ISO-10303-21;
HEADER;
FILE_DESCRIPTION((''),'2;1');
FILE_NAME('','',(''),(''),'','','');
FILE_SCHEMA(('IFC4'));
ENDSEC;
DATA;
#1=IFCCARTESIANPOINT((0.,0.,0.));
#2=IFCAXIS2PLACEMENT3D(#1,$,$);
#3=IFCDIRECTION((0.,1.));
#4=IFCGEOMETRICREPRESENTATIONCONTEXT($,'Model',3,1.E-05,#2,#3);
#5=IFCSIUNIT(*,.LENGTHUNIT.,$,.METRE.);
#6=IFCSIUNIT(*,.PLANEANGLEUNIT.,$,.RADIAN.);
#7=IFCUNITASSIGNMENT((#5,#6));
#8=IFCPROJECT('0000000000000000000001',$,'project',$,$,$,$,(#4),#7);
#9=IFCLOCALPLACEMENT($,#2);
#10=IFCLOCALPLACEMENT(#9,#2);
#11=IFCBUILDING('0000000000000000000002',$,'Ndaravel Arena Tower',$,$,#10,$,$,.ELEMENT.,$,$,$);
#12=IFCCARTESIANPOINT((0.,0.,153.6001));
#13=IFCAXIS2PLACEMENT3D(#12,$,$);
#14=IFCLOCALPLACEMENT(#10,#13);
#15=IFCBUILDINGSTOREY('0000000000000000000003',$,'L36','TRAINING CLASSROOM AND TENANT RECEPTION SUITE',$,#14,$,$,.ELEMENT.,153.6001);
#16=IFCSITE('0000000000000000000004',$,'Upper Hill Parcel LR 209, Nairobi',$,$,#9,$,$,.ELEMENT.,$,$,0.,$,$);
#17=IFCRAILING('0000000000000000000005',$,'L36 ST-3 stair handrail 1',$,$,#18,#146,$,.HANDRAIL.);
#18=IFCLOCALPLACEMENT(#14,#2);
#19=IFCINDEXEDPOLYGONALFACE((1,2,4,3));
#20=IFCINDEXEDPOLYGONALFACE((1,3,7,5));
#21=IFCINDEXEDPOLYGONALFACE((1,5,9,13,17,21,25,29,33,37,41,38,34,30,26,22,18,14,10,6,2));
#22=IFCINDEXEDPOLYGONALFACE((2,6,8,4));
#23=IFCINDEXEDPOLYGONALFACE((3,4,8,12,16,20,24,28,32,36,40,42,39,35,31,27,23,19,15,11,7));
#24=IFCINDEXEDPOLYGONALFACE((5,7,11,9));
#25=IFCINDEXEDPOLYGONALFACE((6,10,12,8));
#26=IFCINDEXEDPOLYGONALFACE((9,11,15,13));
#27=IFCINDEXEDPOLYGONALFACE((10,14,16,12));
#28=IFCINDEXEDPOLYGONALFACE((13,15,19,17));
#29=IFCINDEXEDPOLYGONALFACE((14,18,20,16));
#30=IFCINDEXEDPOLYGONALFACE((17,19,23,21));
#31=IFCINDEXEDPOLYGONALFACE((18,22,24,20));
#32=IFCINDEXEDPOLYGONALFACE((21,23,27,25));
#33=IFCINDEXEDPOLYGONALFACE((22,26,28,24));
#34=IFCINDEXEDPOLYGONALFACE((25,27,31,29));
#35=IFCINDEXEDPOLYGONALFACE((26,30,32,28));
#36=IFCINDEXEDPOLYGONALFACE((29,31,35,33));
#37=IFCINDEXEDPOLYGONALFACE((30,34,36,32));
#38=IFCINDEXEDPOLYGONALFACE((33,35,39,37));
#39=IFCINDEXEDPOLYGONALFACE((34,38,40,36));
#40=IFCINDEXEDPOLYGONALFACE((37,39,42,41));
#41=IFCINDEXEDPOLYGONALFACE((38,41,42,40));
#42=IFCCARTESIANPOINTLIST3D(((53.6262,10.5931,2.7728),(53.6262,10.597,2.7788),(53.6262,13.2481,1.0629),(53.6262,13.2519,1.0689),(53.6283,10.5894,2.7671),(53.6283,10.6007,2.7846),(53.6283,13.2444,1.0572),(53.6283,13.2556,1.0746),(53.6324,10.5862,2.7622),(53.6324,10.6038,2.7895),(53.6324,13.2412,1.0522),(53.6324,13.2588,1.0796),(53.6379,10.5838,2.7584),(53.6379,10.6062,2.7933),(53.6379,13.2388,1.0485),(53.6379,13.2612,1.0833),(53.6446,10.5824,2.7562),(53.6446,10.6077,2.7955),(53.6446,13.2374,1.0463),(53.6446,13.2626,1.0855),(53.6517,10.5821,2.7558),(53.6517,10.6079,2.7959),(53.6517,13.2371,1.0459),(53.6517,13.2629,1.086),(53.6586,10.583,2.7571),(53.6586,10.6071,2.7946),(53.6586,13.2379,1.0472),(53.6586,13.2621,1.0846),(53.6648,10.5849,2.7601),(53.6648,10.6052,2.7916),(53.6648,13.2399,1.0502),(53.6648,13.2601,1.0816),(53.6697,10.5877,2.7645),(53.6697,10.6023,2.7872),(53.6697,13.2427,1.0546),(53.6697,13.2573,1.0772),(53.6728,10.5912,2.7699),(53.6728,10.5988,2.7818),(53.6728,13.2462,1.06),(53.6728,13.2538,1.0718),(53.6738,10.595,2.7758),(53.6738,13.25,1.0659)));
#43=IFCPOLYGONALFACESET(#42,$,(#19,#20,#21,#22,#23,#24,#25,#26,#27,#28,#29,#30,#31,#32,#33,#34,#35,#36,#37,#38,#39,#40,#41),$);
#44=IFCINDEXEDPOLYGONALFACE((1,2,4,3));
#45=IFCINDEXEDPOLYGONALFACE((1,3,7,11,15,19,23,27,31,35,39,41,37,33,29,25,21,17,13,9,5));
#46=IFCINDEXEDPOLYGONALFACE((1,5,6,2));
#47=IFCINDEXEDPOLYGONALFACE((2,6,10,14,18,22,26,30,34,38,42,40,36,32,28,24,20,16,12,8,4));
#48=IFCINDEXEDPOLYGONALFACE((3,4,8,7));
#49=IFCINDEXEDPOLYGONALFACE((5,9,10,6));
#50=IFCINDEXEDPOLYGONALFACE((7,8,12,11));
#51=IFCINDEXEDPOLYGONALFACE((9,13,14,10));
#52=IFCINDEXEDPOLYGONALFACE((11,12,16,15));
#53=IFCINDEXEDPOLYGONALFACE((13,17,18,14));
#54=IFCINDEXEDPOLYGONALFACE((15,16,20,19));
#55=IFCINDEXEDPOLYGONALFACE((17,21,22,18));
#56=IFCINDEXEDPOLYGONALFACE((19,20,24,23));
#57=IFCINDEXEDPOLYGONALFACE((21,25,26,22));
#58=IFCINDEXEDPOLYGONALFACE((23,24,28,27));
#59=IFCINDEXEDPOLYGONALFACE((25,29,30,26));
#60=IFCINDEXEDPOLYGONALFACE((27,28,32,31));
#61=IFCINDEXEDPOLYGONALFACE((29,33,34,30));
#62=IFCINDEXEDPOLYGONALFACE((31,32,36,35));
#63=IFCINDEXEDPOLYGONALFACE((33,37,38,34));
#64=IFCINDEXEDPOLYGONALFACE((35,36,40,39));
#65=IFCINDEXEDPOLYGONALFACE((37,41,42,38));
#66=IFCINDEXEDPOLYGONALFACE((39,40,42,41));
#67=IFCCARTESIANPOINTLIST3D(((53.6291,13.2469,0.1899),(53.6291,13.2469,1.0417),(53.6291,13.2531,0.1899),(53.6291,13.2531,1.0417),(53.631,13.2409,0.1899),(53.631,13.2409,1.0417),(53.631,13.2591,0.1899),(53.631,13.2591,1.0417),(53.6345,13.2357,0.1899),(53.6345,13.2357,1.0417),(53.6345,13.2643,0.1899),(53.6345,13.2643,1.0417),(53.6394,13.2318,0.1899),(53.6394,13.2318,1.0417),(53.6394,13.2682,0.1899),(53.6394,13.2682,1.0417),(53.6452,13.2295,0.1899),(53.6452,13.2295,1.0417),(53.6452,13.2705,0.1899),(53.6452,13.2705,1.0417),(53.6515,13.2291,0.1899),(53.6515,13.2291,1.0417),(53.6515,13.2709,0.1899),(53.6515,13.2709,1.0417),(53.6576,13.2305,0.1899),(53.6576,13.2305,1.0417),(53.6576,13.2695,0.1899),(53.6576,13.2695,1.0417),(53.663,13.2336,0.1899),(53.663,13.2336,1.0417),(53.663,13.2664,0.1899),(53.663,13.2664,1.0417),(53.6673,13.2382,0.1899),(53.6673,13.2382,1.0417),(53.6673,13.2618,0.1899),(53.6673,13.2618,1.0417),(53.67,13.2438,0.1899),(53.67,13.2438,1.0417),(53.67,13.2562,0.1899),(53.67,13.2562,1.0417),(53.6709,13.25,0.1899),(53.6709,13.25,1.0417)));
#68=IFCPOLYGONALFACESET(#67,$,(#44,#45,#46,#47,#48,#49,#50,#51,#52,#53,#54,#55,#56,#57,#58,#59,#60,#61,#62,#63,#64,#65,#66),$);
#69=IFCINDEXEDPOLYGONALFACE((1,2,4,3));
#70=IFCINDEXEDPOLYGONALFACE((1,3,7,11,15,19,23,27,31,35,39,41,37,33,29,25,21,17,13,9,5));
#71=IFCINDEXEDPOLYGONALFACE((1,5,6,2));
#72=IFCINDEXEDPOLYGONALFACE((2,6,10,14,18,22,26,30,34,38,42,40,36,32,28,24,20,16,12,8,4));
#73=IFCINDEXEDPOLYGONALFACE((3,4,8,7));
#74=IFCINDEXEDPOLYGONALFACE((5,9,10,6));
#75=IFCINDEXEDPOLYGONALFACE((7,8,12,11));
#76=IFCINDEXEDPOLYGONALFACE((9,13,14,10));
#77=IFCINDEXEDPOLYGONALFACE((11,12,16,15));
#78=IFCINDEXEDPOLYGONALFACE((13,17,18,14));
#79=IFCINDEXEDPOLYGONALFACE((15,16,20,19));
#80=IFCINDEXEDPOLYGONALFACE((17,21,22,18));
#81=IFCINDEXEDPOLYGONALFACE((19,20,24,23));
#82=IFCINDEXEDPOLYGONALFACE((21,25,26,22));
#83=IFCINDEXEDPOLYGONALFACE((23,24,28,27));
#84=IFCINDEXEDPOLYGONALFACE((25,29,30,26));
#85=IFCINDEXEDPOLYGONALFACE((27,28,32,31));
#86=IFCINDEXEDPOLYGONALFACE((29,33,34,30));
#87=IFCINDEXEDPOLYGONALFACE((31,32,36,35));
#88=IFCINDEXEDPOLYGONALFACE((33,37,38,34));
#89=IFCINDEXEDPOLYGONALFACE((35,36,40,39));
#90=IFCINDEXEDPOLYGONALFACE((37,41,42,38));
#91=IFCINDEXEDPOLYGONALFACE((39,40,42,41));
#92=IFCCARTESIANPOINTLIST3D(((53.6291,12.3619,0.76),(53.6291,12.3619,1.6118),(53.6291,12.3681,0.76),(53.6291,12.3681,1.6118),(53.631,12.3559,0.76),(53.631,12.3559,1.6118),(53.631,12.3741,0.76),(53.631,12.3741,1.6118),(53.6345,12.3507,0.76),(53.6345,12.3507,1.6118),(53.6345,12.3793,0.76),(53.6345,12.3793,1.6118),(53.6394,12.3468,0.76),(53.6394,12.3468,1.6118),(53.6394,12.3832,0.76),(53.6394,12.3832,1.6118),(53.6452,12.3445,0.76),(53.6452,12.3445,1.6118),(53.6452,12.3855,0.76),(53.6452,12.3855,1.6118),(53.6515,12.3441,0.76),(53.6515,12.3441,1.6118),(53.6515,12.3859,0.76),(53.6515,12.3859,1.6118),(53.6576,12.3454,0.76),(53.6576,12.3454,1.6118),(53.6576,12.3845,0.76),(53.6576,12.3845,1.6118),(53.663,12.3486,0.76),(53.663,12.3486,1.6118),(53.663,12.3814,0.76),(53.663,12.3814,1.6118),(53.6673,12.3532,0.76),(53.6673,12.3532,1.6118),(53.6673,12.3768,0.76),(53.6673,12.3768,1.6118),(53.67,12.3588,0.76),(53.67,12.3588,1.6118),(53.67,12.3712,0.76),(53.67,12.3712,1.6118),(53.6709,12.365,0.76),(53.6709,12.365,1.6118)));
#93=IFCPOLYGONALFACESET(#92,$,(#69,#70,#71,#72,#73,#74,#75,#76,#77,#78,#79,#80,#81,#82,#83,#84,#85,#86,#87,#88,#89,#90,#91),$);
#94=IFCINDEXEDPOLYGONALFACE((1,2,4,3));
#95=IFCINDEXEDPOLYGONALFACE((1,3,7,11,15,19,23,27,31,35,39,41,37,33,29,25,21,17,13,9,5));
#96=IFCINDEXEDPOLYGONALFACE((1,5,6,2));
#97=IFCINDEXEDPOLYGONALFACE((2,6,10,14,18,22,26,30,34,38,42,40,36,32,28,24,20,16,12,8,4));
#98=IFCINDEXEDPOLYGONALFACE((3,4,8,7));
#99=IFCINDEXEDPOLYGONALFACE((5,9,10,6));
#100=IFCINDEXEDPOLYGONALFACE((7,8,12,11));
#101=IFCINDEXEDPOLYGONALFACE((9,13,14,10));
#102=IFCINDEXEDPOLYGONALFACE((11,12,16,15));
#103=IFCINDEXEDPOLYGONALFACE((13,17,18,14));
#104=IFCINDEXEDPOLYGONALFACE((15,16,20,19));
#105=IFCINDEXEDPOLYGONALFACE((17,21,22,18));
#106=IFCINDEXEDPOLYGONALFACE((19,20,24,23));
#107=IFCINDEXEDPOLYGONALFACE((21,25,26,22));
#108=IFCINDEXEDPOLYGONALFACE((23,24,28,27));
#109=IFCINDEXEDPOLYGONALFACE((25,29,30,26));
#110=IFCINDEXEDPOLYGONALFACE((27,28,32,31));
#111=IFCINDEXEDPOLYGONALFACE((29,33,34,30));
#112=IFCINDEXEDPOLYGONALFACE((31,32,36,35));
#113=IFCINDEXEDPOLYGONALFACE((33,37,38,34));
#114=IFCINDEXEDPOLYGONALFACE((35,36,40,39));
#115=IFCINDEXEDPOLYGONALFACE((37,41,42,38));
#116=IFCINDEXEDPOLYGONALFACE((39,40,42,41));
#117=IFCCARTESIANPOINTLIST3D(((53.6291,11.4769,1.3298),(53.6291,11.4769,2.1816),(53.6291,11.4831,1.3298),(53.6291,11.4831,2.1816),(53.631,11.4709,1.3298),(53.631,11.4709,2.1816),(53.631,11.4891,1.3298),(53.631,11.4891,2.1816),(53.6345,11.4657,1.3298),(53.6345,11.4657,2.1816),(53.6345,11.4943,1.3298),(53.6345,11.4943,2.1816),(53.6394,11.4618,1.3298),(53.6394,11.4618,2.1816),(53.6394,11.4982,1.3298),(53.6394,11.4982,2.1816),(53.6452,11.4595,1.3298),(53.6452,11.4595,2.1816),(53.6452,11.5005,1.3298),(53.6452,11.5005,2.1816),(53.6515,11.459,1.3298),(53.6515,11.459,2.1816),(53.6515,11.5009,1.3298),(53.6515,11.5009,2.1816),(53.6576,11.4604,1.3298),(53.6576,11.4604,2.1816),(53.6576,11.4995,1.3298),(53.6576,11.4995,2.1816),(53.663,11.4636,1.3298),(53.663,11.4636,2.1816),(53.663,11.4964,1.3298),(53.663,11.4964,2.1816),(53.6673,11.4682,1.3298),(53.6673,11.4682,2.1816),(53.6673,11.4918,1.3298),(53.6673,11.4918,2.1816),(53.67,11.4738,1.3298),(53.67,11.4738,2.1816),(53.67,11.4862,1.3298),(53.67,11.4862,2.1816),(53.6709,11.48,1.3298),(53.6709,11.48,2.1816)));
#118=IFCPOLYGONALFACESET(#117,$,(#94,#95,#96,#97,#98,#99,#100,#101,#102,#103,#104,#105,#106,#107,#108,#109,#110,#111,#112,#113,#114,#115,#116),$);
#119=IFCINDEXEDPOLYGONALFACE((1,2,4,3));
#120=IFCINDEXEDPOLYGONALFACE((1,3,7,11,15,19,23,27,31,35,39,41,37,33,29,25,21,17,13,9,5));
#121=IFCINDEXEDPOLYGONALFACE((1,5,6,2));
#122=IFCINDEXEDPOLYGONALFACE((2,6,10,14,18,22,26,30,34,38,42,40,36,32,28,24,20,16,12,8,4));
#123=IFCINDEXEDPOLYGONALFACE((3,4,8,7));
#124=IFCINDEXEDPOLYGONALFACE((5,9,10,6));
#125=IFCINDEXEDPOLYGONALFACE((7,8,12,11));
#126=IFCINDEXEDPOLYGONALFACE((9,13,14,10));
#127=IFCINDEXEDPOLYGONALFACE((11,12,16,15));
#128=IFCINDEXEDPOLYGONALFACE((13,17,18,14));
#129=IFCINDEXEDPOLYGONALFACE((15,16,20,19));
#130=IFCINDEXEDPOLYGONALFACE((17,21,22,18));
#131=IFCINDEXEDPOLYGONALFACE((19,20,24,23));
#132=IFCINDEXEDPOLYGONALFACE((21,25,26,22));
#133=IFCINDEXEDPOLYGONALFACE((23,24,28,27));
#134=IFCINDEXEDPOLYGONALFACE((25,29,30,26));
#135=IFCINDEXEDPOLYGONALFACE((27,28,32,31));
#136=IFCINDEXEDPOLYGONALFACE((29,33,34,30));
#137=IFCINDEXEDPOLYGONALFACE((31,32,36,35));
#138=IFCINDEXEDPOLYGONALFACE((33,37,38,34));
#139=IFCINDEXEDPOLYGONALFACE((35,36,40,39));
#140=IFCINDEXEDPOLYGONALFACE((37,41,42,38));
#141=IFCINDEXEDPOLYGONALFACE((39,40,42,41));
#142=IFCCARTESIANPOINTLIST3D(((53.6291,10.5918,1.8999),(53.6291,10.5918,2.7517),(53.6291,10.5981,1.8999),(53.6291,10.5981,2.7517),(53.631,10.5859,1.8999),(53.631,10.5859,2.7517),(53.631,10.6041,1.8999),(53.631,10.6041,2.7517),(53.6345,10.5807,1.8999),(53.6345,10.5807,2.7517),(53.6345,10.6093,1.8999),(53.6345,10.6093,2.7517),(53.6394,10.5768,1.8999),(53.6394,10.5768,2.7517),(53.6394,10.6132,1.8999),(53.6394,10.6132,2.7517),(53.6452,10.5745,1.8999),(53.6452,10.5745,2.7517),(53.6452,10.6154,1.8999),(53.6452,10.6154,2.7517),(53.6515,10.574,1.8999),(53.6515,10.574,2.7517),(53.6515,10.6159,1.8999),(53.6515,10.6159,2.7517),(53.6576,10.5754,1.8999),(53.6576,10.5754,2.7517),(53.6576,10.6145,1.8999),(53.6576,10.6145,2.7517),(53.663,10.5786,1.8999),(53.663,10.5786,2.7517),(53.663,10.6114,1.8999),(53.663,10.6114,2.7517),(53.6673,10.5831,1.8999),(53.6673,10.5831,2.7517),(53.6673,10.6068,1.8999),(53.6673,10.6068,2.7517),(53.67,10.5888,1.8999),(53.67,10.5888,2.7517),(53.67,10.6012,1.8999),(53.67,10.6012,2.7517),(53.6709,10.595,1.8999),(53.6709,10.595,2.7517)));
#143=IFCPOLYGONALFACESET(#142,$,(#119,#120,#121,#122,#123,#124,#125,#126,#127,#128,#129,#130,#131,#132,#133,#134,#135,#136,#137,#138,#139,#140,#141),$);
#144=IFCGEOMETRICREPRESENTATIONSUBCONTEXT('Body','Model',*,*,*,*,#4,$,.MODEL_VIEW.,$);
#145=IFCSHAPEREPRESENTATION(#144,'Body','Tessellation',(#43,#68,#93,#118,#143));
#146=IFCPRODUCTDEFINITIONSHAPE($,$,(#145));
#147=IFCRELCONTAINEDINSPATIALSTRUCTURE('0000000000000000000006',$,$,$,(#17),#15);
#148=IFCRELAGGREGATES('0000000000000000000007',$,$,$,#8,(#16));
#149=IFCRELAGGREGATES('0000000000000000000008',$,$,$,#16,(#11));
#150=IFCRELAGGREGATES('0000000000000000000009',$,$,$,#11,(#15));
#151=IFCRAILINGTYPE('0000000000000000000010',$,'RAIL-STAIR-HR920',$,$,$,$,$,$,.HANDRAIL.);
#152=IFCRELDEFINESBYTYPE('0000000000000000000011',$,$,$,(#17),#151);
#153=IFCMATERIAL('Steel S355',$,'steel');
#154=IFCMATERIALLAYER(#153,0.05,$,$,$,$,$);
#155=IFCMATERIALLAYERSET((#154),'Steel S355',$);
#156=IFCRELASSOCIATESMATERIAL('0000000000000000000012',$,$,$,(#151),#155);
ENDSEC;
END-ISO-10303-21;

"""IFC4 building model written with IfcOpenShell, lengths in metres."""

from ifc_helpers import new_model, si_unit, direction, frame, origin, origin_2d, place, context, subcontext, project, spatial, circle, extrude, material, layer, layer_set, type_object, element, save


model = new_model("IFC4")

# Units and contexts
model_context = context("Model", 3, precision=1e-05, world=origin(), true_north=direction((0.0, 1.0)))
body_context = subcontext(model_context, "Body", "Model", "MODEL_VIEW")
ifc_project = project(units=[si_unit("LENGTHUNIT", "METRE"), si_unit("PLANEANGLEUNIT", "RADIAN")], contexts=[model_context])

# Site, building, storey
site_placement = place(None, origin())
site = spatial("IfcSite", under=ifc_project, at=site_placement, Name="Upper Hill Parcel LR 209, Nairobi", CompositionType="ELEMENT", RefElevation=0.0)
building_placement = place(site_placement, origin())
building = spatial("IfcBuilding", under=site, at=building_placement, Name="Ndaravel Arena Tower", CompositionType="ELEMENT")
storey_placement = place(building_placement, frame((0.0, 0.0, 153.6001)))
storey = spatial("IfcBuildingStorey", under=building, at=storey_placement, Name="L36", Description="TRAINING CLASSROOM AND TENANT RECEPTION SUITE", CompositionType="ELEMENT", Elevation=153.6001)

# Railing
ifc_material_1 = material(Name="Steel S355", Category="steel")
ifc_layer_1 = layer(ifc_material_1, 0.05)
ifc_layer_set_1 = layer_set([ifc_layer_1], Name="Steel S355")
railing_type_1 = type_object("IfcRailingType", Name="RAIL-STAIR-HR920", PredefinedType="HANDRAIL", material=ifc_layer_set_1)
railing_1_placement = place(storey_placement, frame((53.6499, 13.25, 0.1899)))
element("IfcRailing", 1, at=railing_1_placement, inside=storey, type_object=railing_type_1, Name="L36 ST-3 stair handrail 1", PredefinedType="HANDRAIL", context=body_context, shape_type="SweptSolid", body=[
    extrude(circle(Radius=0.0239, at=origin_2d()), frame((0.0, 0.0, 0.876), z_axis=(0.0, -0.840724, 0.541465), x_axis=(1.0, 0.0, 0.0)), (0.0, 0.0, 1.0), 3.158),
    extrude(circle(Radius=0.021, at=origin_2d()), origin(), (0.0, 0.0, 1.0), 0.8518),
    extrude(circle(Radius=0.021, at=origin_2d()), frame((0.0, -0.885, 0.5701)), (0.0, 0.0, 1.0), 0.8518),
    extrude(circle(Radius=0.021, at=origin_2d()), frame((0.0, -1.77, 1.1399)), (0.0, 0.0, 1.0), 0.8518),
    extrude(circle(Radius=0.021, at=origin_2d()), frame((0.0, -2.655, 1.71)), (0.0, 0.0, 1.0), 0.8518),
])

save(model, "model.ifc")
